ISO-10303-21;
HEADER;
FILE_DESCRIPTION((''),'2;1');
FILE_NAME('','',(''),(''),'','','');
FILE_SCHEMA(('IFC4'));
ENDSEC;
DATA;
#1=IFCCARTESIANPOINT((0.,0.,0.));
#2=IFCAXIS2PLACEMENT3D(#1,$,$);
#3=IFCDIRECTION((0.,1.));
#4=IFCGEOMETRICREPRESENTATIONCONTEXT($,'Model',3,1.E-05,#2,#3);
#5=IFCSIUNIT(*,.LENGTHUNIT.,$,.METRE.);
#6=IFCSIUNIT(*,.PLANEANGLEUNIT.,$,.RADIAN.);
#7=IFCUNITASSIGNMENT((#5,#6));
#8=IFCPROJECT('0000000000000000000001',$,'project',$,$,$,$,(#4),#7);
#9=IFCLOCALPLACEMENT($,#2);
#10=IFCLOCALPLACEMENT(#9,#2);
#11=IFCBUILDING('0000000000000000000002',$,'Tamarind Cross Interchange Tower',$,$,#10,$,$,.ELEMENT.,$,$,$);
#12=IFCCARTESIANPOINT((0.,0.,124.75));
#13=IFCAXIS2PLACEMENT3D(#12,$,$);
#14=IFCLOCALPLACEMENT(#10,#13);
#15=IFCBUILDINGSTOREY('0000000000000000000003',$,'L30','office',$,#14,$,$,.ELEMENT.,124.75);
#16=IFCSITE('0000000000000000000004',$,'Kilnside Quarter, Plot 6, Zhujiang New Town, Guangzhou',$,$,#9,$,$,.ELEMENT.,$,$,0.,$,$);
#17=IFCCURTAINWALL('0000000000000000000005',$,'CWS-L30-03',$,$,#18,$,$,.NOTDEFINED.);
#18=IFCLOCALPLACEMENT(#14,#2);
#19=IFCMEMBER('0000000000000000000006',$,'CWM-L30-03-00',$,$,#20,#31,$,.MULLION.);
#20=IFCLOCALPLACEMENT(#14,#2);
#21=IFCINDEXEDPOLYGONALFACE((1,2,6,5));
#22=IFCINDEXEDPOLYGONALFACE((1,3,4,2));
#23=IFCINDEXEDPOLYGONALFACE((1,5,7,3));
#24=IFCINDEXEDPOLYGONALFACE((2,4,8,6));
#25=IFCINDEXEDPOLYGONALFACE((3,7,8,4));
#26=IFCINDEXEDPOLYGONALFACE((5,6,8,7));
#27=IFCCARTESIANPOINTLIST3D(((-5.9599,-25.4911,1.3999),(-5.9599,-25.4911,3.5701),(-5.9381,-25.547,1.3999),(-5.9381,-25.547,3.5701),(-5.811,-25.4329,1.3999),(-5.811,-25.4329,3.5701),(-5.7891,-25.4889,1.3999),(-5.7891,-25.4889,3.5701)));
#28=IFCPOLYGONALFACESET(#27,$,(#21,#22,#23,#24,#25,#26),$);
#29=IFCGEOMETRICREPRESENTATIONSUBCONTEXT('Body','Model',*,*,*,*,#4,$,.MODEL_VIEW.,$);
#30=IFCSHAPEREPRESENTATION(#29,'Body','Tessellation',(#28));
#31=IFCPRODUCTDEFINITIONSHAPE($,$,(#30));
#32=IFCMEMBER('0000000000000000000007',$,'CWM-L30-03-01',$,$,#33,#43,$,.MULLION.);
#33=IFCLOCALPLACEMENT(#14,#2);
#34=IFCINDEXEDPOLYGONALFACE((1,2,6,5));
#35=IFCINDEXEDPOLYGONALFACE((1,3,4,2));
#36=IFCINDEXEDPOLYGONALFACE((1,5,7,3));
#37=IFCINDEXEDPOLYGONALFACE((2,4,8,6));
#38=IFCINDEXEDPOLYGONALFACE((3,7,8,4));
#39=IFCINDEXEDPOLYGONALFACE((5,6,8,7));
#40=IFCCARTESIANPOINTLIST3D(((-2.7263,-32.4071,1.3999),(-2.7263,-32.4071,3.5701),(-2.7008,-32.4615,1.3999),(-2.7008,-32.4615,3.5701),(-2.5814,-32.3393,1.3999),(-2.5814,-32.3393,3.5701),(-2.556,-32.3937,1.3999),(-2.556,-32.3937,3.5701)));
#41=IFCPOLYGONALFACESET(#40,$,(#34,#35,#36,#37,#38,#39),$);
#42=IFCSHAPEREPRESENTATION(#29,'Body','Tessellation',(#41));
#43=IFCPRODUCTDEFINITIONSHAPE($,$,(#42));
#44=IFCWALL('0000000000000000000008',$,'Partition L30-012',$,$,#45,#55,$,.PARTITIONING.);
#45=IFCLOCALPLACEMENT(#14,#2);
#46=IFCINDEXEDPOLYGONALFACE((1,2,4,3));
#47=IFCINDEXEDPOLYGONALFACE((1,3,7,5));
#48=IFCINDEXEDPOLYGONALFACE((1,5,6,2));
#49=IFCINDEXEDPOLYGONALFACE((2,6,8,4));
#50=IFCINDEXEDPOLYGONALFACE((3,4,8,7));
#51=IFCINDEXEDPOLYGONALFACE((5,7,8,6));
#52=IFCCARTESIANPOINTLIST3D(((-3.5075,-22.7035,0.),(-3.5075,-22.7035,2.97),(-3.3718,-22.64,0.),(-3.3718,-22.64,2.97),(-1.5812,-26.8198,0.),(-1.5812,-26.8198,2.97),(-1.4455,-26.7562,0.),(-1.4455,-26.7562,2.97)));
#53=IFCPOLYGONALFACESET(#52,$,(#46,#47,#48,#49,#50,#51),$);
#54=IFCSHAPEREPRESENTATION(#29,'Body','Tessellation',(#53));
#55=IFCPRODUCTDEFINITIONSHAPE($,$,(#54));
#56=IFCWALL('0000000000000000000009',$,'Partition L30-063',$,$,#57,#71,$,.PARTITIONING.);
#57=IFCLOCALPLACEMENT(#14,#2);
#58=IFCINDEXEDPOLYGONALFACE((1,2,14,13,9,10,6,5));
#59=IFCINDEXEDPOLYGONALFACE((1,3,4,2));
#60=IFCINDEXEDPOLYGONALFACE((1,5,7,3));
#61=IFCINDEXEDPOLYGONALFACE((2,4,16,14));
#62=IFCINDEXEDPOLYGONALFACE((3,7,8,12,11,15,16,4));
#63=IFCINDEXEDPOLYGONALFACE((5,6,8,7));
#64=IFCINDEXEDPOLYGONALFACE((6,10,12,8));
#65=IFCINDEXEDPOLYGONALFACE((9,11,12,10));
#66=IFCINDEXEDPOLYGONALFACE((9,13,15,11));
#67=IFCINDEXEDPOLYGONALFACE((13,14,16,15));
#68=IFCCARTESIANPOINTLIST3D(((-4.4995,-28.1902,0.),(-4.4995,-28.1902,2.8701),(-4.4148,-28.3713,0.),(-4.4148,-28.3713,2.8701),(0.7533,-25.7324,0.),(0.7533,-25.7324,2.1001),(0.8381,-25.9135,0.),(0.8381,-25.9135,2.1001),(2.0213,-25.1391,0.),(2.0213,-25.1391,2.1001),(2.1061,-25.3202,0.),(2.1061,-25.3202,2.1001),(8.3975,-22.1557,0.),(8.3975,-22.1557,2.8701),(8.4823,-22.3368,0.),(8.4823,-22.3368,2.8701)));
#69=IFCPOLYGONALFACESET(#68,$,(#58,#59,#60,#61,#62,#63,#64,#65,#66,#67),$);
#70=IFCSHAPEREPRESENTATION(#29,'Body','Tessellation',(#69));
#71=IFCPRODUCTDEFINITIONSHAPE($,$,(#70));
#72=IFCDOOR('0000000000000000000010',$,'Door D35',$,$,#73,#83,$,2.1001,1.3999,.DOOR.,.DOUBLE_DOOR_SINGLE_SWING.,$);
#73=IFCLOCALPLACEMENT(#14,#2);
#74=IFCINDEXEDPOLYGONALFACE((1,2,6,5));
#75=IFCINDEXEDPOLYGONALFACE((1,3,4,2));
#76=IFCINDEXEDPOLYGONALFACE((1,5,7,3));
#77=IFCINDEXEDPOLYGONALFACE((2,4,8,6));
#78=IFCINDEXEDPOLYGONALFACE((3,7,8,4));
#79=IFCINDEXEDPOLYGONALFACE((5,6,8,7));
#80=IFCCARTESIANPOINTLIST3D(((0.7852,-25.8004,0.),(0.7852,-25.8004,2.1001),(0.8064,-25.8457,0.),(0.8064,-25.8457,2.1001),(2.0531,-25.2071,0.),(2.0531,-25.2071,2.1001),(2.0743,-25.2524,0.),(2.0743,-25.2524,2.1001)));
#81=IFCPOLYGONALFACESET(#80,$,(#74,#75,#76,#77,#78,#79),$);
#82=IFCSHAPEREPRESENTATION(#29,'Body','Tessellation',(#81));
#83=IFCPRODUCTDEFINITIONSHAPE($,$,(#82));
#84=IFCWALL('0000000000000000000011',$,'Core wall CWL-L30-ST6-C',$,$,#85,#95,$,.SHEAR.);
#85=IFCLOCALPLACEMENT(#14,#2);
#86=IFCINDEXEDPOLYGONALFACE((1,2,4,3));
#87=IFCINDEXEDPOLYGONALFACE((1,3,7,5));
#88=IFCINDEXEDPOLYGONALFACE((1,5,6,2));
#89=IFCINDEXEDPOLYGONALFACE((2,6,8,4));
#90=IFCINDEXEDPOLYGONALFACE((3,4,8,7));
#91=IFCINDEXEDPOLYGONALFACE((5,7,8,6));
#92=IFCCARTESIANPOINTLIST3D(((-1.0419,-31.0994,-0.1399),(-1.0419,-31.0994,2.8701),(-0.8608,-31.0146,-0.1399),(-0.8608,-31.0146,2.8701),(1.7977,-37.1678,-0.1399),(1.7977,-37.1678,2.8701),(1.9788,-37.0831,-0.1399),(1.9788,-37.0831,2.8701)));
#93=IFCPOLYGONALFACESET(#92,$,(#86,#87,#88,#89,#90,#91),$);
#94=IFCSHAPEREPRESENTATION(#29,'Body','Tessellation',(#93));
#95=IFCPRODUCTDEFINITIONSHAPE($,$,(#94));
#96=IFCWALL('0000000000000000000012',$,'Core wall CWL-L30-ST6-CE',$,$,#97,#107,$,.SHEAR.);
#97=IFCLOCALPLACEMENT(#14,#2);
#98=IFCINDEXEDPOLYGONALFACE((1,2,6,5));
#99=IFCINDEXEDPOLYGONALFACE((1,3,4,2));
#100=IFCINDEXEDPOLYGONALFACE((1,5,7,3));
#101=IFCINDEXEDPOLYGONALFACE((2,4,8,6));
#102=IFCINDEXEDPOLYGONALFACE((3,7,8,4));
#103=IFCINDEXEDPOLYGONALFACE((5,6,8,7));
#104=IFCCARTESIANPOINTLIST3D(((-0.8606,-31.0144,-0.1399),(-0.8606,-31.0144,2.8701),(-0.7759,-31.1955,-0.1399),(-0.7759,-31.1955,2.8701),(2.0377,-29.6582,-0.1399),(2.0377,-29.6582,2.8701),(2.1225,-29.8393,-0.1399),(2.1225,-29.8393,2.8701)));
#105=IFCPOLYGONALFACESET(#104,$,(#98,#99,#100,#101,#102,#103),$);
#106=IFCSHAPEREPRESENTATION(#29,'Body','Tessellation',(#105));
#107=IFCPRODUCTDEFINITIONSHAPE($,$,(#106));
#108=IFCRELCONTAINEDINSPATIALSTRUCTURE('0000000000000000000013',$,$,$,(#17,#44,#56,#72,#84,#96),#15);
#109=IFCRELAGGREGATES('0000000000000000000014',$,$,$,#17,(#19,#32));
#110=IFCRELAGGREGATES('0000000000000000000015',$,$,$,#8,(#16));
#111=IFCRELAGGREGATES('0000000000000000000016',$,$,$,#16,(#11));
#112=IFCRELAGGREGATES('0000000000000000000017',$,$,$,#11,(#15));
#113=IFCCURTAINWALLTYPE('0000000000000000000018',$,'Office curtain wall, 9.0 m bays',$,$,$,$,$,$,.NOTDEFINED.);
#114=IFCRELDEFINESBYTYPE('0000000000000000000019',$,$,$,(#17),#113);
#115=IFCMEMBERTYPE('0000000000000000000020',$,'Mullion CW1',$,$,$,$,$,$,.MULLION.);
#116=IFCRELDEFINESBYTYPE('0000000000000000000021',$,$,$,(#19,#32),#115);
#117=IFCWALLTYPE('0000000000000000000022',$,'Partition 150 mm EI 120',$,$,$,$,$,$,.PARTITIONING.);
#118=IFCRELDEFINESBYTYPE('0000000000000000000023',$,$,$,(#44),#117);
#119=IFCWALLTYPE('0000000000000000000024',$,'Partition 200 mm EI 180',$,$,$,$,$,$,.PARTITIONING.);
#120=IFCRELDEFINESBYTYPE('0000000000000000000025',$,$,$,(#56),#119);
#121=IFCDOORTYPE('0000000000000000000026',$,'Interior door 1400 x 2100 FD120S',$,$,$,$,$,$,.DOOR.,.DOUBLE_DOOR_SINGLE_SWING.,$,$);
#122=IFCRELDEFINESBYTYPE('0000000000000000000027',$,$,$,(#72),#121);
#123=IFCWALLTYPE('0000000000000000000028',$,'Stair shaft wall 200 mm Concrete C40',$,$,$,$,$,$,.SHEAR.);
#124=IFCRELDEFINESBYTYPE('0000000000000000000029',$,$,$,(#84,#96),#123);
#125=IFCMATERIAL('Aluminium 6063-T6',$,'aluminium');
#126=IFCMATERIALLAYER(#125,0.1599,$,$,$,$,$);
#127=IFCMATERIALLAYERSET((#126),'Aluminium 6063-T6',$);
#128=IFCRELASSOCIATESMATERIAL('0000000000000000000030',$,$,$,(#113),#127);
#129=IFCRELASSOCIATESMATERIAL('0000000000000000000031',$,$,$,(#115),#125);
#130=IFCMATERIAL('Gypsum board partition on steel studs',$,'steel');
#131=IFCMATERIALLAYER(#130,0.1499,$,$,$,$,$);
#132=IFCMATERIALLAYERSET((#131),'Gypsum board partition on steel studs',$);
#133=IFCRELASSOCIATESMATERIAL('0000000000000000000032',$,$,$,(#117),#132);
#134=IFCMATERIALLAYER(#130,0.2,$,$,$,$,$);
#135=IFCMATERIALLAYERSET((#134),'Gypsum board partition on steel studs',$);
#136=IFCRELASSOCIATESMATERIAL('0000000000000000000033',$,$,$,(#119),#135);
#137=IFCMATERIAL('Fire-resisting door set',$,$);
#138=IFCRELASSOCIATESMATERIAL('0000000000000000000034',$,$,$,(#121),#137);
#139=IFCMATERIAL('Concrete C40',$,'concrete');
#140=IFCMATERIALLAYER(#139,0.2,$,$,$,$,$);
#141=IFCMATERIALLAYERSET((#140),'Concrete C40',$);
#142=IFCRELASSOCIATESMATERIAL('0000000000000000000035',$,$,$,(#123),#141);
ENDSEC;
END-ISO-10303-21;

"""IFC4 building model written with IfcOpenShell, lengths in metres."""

from ifc_helpers import new_model, si_unit, direction, frame, frame_2d, origin, origin_2d, place, context, subcontext, project, spatial, rectangle, extrude, material, layer, layer_set, material_profile, profile_set, type_object, element, fill, aggregate, save


model = new_model("IFC4")

# Units and contexts
model_context = context("Model", 3, precision=1e-05, world=origin(), true_north=direction((0.0, 1.0)))
body_context = subcontext(model_context, "Body", "Model", "MODEL_VIEW")
ifc_project = project(units=[si_unit("LENGTHUNIT", "METRE"), si_unit("PLANEANGLEUNIT", "RADIAN")], contexts=[model_context])

# Site, building, storey
site_placement = place(None, origin())
site = spatial("IfcSite", under=ifc_project, at=site_placement, Name="Kilnside Quarter, Plot 6, Zhujiang New Town, Guangzhou", CompositionType="ELEMENT", RefElevation=0.0)
building_placement = place(site_placement, origin())
building = spatial("IfcBuilding", under=site, at=building_placement, Name="Tamarind Cross Interchange Tower", CompositionType="ELEMENT")
storey_placement = place(building_placement, frame((0.0, 0.0, 124.75)))
storey = spatial("IfcBuildingStorey", under=building, at=storey_placement, Name="L30", Description="office", CompositionType="ELEMENT", Elevation=124.75)

# Curtain wall, members
ifc_material_1 = material(Name="Aluminium 6063-T6", Category="aluminium")
ifc_layer_1 = layer(ifc_material_1, 0.1599)
ifc_layer_set_1 = layer_set([ifc_layer_1], Name="Aluminium 6063-T6")
curtain_wall_type = type_object("IfcCurtainWallType", Name="Office curtain wall, 9.0 m bays", PredefinedType="NOTDEFINED", material=ifc_layer_set_1)
curtain_wall_placement = place(storey_placement, origin())
curtain_wall = element("IfcCurtainWall", 1, at=curtain_wall_placement, inside=storey, type_object=curtain_wall_type, Name="CWS-L30-03", PredefinedType="NOTDEFINED")
ifc_material_profile_1 = material_profile(ifc_material_1, rectangle(XDim=0.0601, YDim=0.1599, at=origin_2d()), Name="Mullion CW1")
ifc_profile_set_1 = profile_set([ifc_material_profile_1], Name="Aluminium 6063-T6")
member_type = type_object("IfcMemberType", Name="Mullion CW1", PredefinedType="MULLION", material=ifc_profile_set_1)
member_1_placement = place(storey_placement, frame((-5.8745, -25.49, 1.3999), z_axis=(0.0, 0.0, 1.0), x_axis=(0.363661, -0.931531, 0.0)))
member_1 = element("IfcMember", 2, at=member_1_placement, type_object=member_type, Name="CWM-L30-03-00", PredefinedType="MULLION", context=body_context, shape_type="SweptSolid", body=[
    extrude(rectangle(XDim=0.0601, YDim=0.1599, at=origin_2d()), origin(), (0.0, 0.0, 1.0), 2.1702),
])
member_2_placement = place(storey_placement, frame((-2.6411, -32.4004, 1.3999), z_axis=(0.0, 0.0, 1.0), x_axis=(0.423807, -0.905752, 0.0)))
member_2 = element("IfcMember", 3, at=member_2_placement, type_object=member_type, Name="CWM-L30-03-01", PredefinedType="MULLION", context=body_context, shape_type="SweptSolid", body=[
    extrude(rectangle(XDim=0.0601, YDim=0.1599, at=origin_2d()), origin(), (0.0, 0.0, 1.0), 2.1702),
])
aggregate(curtain_wall, [member_1, member_2])

# Wall
ifc_material_2 = material(Name="Gypsum board partition on steel studs", Category="steel")
ifc_layer_2 = layer(ifc_material_2, 0.1499)
ifc_layer_set_2 = layer_set([ifc_layer_2], Name="Gypsum board partition on steel studs")
wall_type_1 = type_object("IfcWallType", Name="Partition 150 mm EI 120", PredefinedType="PARTITIONING", material=ifc_layer_set_2)
wall_1_placement = place(storey_placement, frame((-3.4397, -22.6716, 0.0), z_axis=(0.0, 0.0, 1.0), x_axis=(0.423856, -0.90573, 0.0)))
element("IfcWall", 4, at=wall_1_placement, inside=storey, type_object=wall_type_1, Name="Partition L30-012", PredefinedType="PARTITIONING", context=body_context, shape_type="SweptSolid", body=[
    extrude(rectangle(XDim=4.5447, YDim=0.1499, at=frame_2d((2.2725, 0.0))), origin(), (0.0, 0.0, 1.0), 2.97),
])

# Wall, opening, door
ifc_layer_3 = layer(ifc_material_2, 0.2)
ifc_layer_set_3 = layer_set([ifc_layer_3], Name="Gypsum board partition on steel studs")
wall_type_2 = type_object("IfcWallType", Name="Partition 200 mm EI 180", PredefinedType="PARTITIONING", material=ifc_layer_set_3)
wall_2_placement = place(storey_placement, frame((-4.4573, -28.2808, 0.0), z_axis=(0.0, 0.0, 1.0), x_axis=(0.905756, 0.423799, 0.0)))
wall_2 = element("IfcWall", 5, at=wall_2_placement, inside=storey, type_object=wall_type_2, Name="Partition L30-063", PredefinedType="PARTITIONING", context=body_context, shape_type="SweptSolid", body=[
    extrude(rectangle(XDim=14.239, YDim=0.2, at=frame_2d((7.1196, 0.0))), origin(), (0.0, 0.0, 1.0), 2.8701),
])
opening_placement = place(wall_2_placement, frame((5.7996, 0.0, 0.0)))
opening = element("IfcOpeningElement", 6, at=opening_placement, cuts=wall_2, PredefinedType="OPENING", context=body_context, shape_type="SweptSolid", body=[
    extrude(rectangle(XDim=1.3999, YDim=2.1001, at=frame_2d((0.7, 1.05))), frame((0.0, 0.1099, 0.0), z_axis=(0.0, -1.0, 0.0), x_axis=(1.0, 0.0, 0.0)), (0.0, 0.0, 1.0), 0.22),
])
ifc_material_3 = material(Name="Fire-resisting door set")
door_type = type_object("IfcDoorType", Name="Interior door 1400 x 2100 FD120S", OperationType="DOUBLE_DOOR_SINGLE_SWING", PredefinedType="DOOR", material=ifc_material_3)
door_placement = place(opening_placement, origin())
door = element("IfcDoor", 7, at=door_placement, inside=storey, type_object=door_type, Name="Door D35", OperationType="DOUBLE_DOOR_SINGLE_SWING", OverallHeight=2.1001, OverallWidth=1.3999, PredefinedType="DOOR", context=body_context, shape_type="SweptSolid", body=[
    extrude(rectangle(XDim=1.3999, YDim=2.1001, at=frame_2d((0.7, 1.05))), frame((0.0, 0.0249, 0.0), z_axis=(0.0, -1.0, 0.0), x_axis=(1.0, 0.0, 0.0)), (0.0, 0.0, 1.0), 0.05),
])
fill(opening, door)

# Walls
ifc_material_4 = material(Name="Concrete C40", Category="concrete")
ifc_layer_4 = layer(ifc_material_4, 0.2)
ifc_layer_set_4 = layer_set([ifc_layer_4], Name="Concrete C40")
wall_type_3 = type_object("IfcWallType", Name="Stair shaft wall 200 mm Concrete C40", PredefinedType="SHEAR", material=ifc_layer_set_4)
wall_3_placement = place(storey_placement, frame((-0.9514, -31.0569, -0.1399), z_axis=(0.0, 0.0, 1.0), x_axis=(0.423829, -0.905742, 0.0)))
element("IfcWall", 8, at=wall_3_placement, inside=storey, type_object=wall_type_3, Name="Core wall CWL-L30-ST6-C", PredefinedType="SHEAR", context=body_context, shape_type="SweptSolid", body=[
    extrude(rectangle(XDim=6.7, YDim=0.2, at=frame_2d((3.3501, 0.0))), origin(), (0.0, 0.0, 1.0), 3.01),
])
wall_4_placement = place(storey_placement, frame((-0.8184, -31.105, -0.1399), z_axis=(0.0, 0.0, 1.0), x_axis=(0.905752, 0.423808, 0.0)))
element("IfcWall", 9, at=wall_4_placement, inside=storey, type_object=wall_type_3, Name="Core wall CWL-L30-ST6-CE", PredefinedType="SHEAR", context=body_context, shape_type="SweptSolid", body=[
    extrude(rectangle(XDim=3.2, YDim=0.2, at=frame_2d((1.6001, 0.0))), origin(), (0.0, 0.0, 1.0), 3.01),
])

save(model, "model.ifc")
